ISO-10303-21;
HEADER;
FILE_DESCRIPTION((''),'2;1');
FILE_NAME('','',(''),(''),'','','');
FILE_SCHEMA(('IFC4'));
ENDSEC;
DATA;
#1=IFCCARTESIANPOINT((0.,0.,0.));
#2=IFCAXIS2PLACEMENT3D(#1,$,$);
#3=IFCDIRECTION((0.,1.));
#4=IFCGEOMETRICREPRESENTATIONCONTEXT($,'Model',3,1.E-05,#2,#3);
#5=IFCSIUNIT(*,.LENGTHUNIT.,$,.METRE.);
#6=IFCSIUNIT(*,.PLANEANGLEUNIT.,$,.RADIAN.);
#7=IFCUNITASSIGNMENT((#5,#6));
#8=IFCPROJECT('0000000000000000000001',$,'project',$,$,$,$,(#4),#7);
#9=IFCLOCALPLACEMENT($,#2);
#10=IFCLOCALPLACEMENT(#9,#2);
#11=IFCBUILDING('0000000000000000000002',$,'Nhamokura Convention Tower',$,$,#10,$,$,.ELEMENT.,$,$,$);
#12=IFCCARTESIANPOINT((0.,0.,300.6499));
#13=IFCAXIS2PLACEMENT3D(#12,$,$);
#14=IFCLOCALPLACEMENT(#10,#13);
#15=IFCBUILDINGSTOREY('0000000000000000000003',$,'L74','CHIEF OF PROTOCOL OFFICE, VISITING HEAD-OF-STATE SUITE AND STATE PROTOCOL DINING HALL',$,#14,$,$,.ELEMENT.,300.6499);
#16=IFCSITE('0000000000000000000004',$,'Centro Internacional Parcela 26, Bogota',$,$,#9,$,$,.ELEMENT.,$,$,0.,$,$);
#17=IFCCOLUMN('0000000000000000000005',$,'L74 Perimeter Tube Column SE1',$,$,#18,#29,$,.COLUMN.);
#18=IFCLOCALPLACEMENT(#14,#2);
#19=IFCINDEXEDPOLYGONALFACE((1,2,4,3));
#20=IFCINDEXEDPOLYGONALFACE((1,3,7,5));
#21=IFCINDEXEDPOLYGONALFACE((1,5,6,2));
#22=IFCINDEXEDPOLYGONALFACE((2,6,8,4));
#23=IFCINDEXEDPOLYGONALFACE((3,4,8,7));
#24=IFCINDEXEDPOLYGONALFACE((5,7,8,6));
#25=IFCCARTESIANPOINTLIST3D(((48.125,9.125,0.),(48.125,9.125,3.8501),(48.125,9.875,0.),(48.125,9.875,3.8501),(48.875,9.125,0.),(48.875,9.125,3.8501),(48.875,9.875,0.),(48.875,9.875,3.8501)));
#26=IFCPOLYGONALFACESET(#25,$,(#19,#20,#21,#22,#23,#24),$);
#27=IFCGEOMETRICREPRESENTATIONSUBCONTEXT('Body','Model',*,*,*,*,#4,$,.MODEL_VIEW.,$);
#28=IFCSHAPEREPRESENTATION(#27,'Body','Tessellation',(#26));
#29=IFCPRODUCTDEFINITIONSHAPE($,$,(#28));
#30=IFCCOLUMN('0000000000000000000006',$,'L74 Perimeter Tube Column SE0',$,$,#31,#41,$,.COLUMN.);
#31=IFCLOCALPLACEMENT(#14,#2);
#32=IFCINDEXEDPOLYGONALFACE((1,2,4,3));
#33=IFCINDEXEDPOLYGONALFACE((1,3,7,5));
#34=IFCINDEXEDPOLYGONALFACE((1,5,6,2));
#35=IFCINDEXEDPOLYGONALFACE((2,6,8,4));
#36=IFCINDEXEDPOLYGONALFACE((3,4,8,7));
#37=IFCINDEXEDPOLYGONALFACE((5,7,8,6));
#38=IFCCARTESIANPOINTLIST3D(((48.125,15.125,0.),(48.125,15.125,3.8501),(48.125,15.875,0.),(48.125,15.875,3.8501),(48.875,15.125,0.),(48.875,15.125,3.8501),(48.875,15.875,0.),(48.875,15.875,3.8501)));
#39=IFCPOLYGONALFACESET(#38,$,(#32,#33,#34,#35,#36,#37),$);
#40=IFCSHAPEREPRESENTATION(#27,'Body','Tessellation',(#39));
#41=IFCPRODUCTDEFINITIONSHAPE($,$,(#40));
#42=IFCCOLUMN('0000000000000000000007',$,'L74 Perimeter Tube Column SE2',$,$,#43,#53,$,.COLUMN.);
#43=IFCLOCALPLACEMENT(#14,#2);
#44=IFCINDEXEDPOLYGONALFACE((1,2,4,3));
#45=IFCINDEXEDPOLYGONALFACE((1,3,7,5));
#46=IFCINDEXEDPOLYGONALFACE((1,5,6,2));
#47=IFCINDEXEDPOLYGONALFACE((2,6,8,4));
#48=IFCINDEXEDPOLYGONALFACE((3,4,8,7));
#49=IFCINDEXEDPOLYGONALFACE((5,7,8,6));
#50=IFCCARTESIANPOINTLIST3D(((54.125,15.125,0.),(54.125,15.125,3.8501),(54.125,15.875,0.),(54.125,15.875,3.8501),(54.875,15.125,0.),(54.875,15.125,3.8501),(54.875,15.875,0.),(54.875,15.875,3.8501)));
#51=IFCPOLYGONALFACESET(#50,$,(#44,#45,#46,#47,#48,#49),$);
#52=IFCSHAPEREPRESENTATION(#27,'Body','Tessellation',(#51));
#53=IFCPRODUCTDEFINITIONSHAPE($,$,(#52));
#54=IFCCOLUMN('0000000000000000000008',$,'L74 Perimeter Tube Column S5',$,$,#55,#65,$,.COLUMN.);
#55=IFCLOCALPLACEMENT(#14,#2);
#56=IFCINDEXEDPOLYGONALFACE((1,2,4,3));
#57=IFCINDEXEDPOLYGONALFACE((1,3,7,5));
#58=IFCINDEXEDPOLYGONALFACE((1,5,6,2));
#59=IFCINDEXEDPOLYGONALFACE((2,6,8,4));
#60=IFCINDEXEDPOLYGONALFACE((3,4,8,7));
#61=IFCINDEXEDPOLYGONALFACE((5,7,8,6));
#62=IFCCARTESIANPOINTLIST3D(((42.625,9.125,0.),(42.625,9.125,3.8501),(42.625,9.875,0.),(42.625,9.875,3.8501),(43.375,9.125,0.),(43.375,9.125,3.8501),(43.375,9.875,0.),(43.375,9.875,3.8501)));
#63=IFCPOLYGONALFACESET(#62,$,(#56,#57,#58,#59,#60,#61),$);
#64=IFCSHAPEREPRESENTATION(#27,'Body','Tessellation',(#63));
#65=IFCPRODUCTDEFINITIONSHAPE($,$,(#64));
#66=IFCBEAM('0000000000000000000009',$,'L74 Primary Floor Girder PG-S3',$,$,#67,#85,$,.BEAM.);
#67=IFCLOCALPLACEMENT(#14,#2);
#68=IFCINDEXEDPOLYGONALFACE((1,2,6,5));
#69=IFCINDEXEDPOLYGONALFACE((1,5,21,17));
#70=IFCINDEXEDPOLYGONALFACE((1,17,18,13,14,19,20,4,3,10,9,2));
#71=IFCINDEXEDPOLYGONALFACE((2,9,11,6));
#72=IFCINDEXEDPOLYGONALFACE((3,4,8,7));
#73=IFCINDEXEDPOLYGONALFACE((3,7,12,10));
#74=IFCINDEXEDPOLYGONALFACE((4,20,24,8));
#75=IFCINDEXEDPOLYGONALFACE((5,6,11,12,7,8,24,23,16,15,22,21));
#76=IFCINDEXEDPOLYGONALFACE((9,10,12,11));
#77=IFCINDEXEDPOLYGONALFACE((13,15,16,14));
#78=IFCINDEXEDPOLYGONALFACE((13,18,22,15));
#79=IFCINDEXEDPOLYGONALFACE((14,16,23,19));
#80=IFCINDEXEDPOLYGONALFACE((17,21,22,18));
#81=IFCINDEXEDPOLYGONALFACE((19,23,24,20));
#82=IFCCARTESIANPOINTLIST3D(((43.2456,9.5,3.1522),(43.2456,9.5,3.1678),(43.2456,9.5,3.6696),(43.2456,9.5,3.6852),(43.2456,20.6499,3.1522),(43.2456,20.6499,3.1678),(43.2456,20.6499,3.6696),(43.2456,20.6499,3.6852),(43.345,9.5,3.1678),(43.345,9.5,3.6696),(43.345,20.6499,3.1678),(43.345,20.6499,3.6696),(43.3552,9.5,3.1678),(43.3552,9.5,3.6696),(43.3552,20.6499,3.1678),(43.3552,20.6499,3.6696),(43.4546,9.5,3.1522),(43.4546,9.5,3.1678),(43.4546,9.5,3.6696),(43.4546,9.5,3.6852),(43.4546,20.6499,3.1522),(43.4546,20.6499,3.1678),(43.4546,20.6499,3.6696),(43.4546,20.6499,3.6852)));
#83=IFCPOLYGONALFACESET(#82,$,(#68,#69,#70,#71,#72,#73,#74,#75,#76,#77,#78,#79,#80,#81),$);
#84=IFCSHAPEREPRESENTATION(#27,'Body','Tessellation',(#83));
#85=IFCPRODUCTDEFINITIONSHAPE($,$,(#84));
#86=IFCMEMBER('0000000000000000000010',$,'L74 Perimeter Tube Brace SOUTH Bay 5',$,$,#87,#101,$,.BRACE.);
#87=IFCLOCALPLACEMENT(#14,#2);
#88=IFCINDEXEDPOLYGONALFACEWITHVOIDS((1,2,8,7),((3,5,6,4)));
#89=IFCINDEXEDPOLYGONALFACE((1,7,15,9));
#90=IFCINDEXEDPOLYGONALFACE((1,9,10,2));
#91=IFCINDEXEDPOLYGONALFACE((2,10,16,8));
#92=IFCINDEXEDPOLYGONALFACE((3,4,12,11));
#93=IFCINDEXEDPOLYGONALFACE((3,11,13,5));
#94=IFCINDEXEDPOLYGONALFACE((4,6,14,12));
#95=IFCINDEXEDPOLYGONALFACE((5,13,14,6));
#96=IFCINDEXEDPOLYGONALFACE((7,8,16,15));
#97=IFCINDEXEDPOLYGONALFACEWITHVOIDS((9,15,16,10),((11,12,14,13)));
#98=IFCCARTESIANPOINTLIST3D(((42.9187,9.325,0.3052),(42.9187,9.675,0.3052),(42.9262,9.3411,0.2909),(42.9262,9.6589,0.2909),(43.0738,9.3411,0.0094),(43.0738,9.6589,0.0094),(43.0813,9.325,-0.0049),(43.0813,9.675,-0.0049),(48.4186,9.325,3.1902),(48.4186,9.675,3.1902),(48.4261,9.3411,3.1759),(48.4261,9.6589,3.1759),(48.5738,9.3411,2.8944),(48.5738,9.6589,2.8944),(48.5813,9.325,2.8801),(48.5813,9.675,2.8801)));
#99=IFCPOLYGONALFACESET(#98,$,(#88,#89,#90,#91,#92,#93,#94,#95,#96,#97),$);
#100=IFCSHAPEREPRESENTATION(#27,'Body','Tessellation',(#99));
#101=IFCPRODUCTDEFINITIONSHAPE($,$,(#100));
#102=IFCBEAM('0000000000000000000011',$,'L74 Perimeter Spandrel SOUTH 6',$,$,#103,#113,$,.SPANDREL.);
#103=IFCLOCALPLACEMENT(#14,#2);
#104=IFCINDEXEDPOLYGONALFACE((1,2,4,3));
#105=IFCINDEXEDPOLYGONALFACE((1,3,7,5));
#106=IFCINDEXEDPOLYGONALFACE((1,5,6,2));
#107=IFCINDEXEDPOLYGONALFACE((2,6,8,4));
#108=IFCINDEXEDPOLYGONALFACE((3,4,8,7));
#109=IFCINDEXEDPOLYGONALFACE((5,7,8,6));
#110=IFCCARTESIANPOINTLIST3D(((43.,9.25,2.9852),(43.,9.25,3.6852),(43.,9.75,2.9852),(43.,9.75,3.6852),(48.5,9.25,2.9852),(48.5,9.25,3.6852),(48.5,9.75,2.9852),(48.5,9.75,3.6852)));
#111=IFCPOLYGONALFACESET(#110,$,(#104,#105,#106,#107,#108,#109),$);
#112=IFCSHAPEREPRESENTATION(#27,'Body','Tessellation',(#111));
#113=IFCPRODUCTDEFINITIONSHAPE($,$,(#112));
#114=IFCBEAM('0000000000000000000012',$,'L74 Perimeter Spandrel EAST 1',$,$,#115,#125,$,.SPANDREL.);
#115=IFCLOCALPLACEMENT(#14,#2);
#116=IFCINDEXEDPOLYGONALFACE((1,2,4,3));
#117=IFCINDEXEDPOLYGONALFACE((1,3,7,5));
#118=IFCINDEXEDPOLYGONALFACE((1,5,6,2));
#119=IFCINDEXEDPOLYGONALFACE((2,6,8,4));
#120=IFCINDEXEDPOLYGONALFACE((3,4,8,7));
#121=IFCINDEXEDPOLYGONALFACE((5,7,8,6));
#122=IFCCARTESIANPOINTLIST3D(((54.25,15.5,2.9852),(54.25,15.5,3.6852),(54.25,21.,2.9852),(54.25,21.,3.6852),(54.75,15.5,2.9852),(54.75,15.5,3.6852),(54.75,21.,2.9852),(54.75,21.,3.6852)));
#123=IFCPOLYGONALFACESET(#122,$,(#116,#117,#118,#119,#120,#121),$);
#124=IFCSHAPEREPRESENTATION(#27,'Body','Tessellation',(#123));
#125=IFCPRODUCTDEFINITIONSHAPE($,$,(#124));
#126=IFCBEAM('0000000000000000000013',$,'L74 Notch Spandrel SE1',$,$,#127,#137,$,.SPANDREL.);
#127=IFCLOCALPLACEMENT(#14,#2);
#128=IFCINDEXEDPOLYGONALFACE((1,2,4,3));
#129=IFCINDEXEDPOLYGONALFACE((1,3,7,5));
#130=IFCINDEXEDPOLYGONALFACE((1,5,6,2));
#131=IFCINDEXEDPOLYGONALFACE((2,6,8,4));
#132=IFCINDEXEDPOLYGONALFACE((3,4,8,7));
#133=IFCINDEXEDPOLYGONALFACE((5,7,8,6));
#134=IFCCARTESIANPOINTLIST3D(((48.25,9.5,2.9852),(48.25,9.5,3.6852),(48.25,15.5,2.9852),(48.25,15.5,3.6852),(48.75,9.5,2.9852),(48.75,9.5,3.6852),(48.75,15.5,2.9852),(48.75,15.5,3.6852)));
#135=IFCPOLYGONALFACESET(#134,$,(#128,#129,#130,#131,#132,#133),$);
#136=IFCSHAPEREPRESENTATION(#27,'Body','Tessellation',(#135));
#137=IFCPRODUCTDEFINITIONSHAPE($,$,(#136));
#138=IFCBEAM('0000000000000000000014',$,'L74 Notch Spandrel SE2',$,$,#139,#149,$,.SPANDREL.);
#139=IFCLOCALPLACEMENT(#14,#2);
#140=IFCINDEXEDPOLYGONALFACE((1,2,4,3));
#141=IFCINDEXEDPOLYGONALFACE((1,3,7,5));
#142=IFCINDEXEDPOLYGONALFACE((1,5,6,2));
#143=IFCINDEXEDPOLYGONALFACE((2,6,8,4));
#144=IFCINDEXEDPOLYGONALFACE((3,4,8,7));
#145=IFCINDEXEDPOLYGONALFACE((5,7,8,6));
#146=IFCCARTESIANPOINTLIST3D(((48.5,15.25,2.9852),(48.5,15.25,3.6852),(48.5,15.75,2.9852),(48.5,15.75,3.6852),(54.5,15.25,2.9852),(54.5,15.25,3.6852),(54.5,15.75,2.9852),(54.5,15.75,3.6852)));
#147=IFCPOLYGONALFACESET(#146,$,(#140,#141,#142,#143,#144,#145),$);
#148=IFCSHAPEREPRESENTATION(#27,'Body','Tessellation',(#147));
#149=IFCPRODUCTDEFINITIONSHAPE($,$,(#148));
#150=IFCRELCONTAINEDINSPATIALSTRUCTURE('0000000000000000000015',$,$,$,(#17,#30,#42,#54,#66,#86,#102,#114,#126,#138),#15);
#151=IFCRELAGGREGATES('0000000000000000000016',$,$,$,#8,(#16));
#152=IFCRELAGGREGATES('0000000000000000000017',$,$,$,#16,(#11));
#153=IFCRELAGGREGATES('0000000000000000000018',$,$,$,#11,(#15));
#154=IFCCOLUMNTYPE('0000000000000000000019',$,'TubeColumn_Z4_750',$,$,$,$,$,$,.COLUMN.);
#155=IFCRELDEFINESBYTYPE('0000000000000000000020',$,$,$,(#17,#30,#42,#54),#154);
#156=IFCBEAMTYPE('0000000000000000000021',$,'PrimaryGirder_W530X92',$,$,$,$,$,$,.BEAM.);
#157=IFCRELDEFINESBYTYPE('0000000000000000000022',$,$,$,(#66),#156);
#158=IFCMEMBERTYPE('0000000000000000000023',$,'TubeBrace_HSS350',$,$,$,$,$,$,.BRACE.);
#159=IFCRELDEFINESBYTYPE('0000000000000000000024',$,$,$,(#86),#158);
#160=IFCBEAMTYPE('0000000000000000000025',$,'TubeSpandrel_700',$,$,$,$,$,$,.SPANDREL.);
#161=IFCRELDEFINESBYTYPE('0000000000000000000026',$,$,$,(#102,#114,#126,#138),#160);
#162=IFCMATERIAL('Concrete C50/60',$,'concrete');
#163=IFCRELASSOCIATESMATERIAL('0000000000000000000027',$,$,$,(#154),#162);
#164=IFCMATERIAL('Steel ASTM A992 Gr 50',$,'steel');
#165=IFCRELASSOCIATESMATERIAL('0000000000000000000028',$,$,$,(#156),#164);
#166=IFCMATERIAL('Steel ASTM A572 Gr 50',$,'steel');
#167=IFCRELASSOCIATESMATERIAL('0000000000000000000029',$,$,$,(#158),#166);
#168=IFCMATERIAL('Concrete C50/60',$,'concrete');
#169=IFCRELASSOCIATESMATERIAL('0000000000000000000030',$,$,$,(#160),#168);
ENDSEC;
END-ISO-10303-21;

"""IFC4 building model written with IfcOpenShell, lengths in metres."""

from ifc_helpers import new_model, si_unit, direction, frame, origin, origin_2d, place, context, subcontext, project, spatial, rectangle, hollow_rectangle, i_section, extrude, material, material_profile, profile_set, type_object, element, save


model = new_model("IFC4")

# Units and contexts
model_context = context("Model", 3, precision=1e-05, world=origin(), true_north=direction((0.0, 1.0)))
body_context = subcontext(model_context, "Body", "Model", "MODEL_VIEW")
ifc_project = project(units=[si_unit("LENGTHUNIT", "METRE"), si_unit("PLANEANGLEUNIT", "RADIAN")], contexts=[model_context])

# Site, building, storey
site_placement = place(None, origin())
site = spatial("IfcSite", under=ifc_project, at=site_placement, Name="Centro Internacional Parcela 26, Bogota", CompositionType="ELEMENT", RefElevation=0.0)
building_placement = place(site_placement, origin())
building = spatial("IfcBuilding", under=site, at=building_placement, Name="Nhamokura Convention Tower", CompositionType="ELEMENT")
storey_placement = place(building_placement, frame((0.0, 0.0, 300.6499)))
storey = spatial("IfcBuildingStorey", under=building, at=storey_placement, Name="L74", Description="CHIEF OF PROTOCOL OFFICE, VISITING HEAD-OF-STATE SUITE AND STATE PROTOCOL DINING HALL", CompositionType="ELEMENT", Elevation=300.6499)

# Columns
ifc_material_1 = material(Name="Concrete C50/60", Category="concrete")
ifc_material_profile_1 = material_profile(ifc_material_1, rectangle(XDim=0.75, YDim=0.75, at=origin_2d()))
ifc_profile_set_1 = profile_set([ifc_material_profile_1], Name="Concrete C50/60")
column_type = type_object("IfcColumnType", Name="TubeColumn_Z4_750", PredefinedType="COLUMN", material=ifc_profile_set_1)
for number, where, z_axis, x_axis, name in (
    (1, (48.5, 9.5, 0.0), (0.0, 0.0, 1.0), (1.0, 0.0, 0.0), "L74 Perimeter Tube Column SE1"),
    (2, (48.5, 15.5, 0.0), (0.0, 0.0, 1.0), (1.0, 0.0, 0.0), "L74 Perimeter Tube Column SE0"),
    (3, (54.5, 15.5, 0.0), (0.0, 0.0, 1.0), (1.0, 0.0, 0.0), "L74 Perimeter Tube Column SE2"),
    (4, (43.0, 9.5, 0.0), (0.0, 0.0, 1.0), (1.0, 0.0, 0.0), "L74 Perimeter Tube Column S5"),
):
    element("IfcColumn", number, at=place(storey_placement, frame(where, z_axis=z_axis, x_axis=x_axis)), inside=storey, type_object=column_type, Name=name, PredefinedType="COLUMN", context=body_context, shape_type="SweptSolid", body=[
        extrude(rectangle(XDim=0.75, YDim=0.75, at=origin_2d()), origin(), (0.0, 0.0, 1.0), 3.8501),
    ])

# Beam
ifc_material_2 = material(Name="Steel ASTM A992 Gr 50", Category="steel")
ifc_material_profile_2 = material_profile(ifc_material_2, i_section(OverallWidth=0.209, OverallDepth=0.533, WebThickness=0.0103, FlangeThickness=0.0156, at=origin_2d()))
ifc_profile_set_2 = profile_set([ifc_material_profile_2], Name="Steel ASTM A992 Gr 50")
beam_type_1 = type_object("IfcBeamType", Name="PrimaryGirder_W530X92", PredefinedType="BEAM", material=ifc_profile_set_2)
beam_placement = place(storey_placement, frame((43.3501, 9.5, 3.4187), z_axis=(0.0, 1.0, 0.0), x_axis=(-1.0, 0.0, 0.0)))
element("IfcBeam", 5, at=beam_placement, inside=storey, type_object=beam_type_1, Name="L74 Primary Floor Girder PG-S3", PredefinedType="BEAM", context=body_context, shape_type="SweptSolid", body=[
    extrude(i_section(OverallWidth=0.209, OverallDepth=0.533, WebThickness=0.0103, FlangeThickness=0.0156, at=origin_2d()), origin(), (0.0, 0.0, 1.0), 11.1499),
])

# Member
ifc_material_3 = material(Name="Steel ASTM A572 Gr 50", Category="steel")
ifc_material_profile_3 = material_profile(ifc_material_3, hollow_rectangle(XDim=0.3501, YDim=0.3501, WallThickness=0.0161, at=origin_2d()))
ifc_profile_set_3 = profile_set([ifc_material_profile_3], Name="Steel ASTM A572 Gr 50")
member_type = type_object("IfcMemberType", Name="TubeBrace_HSS350", PredefinedType="BRACE", material=ifc_profile_set_3)
member_placement = place(storey_placement, frame((43.0, 9.5, 0.1501), z_axis=(0.885563, 0.0, 0.46452), x_axis=(0.0, 1.0, 0.0)))
element("IfcMember", 6, at=member_placement, inside=storey, type_object=member_type, Name="L74 Perimeter Tube Brace SOUTH Bay 5", PredefinedType="BRACE", context=body_context, shape_type="SweptSolid", body=[
    extrude(hollow_rectangle(XDim=0.3501, YDim=0.3501, WallThickness=0.0161, at=origin_2d()), origin(), (0.0, 0.0, 1.0), 6.2107),
])

# Beams
ifc_material_4 = material(Name="Concrete C50/60", Category="concrete")
ifc_material_profile_4 = material_profile(ifc_material_4, rectangle(XDim=0.5, YDim=0.7, at=origin_2d()))
ifc_profile_set_4 = profile_set([ifc_material_profile_4], Name="Concrete C50/60")
beam_type_2 = type_object("IfcBeamType", Name="TubeSpandrel_700", PredefinedType="SPANDREL", material=ifc_profile_set_4)
for number, where, z_axis, x_axis, name in (
    (7, (43.0, 9.5, 3.3352), (1.0, 0.0, 0.0), (0.0, 1.0, 0.0), "L74 Perimeter Spandrel SOUTH 6"),
    (8, (54.5, 15.5, 3.3352), (0.0, 1.0, 0.0), (-1.0, 0.0, 0.0), "L74 Perimeter Spandrel EAST 1"),
):
    element("IfcBeam", number, at=place(storey_placement, frame(where, z_axis=z_axis, x_axis=x_axis)), inside=storey, type_object=beam_type_2, Name=name, PredefinedType="SPANDREL", context=body_context, shape_type="SweptSolid", body=[
        extrude(rectangle(XDim=0.5, YDim=0.7, at=origin_2d()), origin(), (0.0, 0.0, 1.0), 5.5),
    ])
for number, where, z_axis, x_axis, name in (
    (9, (48.5, 9.5, 3.3352), (0.0, 1.0, 0.0), (-1.0, 0.0, 0.0), "L74 Notch Spandrel SE1"),
    (10, (48.5, 15.5, 3.3352), (1.0, 0.0, 0.0), (0.0, 1.0, 0.0), "L74 Notch Spandrel SE2"),
):
    element("IfcBeam", number, at=place(storey_placement, frame(where, z_axis=z_axis, x_axis=x_axis)), inside=storey, type_object=beam_type_2, Name=name, PredefinedType="SPANDREL", context=body_context, shape_type="SweptSolid", body=[
        extrude(rectangle(XDim=0.5, YDim=0.7, at=origin_2d()), origin(), (0.0, 0.0, 1.0), 6.0),
    ])

save(model, "model.ifc")
